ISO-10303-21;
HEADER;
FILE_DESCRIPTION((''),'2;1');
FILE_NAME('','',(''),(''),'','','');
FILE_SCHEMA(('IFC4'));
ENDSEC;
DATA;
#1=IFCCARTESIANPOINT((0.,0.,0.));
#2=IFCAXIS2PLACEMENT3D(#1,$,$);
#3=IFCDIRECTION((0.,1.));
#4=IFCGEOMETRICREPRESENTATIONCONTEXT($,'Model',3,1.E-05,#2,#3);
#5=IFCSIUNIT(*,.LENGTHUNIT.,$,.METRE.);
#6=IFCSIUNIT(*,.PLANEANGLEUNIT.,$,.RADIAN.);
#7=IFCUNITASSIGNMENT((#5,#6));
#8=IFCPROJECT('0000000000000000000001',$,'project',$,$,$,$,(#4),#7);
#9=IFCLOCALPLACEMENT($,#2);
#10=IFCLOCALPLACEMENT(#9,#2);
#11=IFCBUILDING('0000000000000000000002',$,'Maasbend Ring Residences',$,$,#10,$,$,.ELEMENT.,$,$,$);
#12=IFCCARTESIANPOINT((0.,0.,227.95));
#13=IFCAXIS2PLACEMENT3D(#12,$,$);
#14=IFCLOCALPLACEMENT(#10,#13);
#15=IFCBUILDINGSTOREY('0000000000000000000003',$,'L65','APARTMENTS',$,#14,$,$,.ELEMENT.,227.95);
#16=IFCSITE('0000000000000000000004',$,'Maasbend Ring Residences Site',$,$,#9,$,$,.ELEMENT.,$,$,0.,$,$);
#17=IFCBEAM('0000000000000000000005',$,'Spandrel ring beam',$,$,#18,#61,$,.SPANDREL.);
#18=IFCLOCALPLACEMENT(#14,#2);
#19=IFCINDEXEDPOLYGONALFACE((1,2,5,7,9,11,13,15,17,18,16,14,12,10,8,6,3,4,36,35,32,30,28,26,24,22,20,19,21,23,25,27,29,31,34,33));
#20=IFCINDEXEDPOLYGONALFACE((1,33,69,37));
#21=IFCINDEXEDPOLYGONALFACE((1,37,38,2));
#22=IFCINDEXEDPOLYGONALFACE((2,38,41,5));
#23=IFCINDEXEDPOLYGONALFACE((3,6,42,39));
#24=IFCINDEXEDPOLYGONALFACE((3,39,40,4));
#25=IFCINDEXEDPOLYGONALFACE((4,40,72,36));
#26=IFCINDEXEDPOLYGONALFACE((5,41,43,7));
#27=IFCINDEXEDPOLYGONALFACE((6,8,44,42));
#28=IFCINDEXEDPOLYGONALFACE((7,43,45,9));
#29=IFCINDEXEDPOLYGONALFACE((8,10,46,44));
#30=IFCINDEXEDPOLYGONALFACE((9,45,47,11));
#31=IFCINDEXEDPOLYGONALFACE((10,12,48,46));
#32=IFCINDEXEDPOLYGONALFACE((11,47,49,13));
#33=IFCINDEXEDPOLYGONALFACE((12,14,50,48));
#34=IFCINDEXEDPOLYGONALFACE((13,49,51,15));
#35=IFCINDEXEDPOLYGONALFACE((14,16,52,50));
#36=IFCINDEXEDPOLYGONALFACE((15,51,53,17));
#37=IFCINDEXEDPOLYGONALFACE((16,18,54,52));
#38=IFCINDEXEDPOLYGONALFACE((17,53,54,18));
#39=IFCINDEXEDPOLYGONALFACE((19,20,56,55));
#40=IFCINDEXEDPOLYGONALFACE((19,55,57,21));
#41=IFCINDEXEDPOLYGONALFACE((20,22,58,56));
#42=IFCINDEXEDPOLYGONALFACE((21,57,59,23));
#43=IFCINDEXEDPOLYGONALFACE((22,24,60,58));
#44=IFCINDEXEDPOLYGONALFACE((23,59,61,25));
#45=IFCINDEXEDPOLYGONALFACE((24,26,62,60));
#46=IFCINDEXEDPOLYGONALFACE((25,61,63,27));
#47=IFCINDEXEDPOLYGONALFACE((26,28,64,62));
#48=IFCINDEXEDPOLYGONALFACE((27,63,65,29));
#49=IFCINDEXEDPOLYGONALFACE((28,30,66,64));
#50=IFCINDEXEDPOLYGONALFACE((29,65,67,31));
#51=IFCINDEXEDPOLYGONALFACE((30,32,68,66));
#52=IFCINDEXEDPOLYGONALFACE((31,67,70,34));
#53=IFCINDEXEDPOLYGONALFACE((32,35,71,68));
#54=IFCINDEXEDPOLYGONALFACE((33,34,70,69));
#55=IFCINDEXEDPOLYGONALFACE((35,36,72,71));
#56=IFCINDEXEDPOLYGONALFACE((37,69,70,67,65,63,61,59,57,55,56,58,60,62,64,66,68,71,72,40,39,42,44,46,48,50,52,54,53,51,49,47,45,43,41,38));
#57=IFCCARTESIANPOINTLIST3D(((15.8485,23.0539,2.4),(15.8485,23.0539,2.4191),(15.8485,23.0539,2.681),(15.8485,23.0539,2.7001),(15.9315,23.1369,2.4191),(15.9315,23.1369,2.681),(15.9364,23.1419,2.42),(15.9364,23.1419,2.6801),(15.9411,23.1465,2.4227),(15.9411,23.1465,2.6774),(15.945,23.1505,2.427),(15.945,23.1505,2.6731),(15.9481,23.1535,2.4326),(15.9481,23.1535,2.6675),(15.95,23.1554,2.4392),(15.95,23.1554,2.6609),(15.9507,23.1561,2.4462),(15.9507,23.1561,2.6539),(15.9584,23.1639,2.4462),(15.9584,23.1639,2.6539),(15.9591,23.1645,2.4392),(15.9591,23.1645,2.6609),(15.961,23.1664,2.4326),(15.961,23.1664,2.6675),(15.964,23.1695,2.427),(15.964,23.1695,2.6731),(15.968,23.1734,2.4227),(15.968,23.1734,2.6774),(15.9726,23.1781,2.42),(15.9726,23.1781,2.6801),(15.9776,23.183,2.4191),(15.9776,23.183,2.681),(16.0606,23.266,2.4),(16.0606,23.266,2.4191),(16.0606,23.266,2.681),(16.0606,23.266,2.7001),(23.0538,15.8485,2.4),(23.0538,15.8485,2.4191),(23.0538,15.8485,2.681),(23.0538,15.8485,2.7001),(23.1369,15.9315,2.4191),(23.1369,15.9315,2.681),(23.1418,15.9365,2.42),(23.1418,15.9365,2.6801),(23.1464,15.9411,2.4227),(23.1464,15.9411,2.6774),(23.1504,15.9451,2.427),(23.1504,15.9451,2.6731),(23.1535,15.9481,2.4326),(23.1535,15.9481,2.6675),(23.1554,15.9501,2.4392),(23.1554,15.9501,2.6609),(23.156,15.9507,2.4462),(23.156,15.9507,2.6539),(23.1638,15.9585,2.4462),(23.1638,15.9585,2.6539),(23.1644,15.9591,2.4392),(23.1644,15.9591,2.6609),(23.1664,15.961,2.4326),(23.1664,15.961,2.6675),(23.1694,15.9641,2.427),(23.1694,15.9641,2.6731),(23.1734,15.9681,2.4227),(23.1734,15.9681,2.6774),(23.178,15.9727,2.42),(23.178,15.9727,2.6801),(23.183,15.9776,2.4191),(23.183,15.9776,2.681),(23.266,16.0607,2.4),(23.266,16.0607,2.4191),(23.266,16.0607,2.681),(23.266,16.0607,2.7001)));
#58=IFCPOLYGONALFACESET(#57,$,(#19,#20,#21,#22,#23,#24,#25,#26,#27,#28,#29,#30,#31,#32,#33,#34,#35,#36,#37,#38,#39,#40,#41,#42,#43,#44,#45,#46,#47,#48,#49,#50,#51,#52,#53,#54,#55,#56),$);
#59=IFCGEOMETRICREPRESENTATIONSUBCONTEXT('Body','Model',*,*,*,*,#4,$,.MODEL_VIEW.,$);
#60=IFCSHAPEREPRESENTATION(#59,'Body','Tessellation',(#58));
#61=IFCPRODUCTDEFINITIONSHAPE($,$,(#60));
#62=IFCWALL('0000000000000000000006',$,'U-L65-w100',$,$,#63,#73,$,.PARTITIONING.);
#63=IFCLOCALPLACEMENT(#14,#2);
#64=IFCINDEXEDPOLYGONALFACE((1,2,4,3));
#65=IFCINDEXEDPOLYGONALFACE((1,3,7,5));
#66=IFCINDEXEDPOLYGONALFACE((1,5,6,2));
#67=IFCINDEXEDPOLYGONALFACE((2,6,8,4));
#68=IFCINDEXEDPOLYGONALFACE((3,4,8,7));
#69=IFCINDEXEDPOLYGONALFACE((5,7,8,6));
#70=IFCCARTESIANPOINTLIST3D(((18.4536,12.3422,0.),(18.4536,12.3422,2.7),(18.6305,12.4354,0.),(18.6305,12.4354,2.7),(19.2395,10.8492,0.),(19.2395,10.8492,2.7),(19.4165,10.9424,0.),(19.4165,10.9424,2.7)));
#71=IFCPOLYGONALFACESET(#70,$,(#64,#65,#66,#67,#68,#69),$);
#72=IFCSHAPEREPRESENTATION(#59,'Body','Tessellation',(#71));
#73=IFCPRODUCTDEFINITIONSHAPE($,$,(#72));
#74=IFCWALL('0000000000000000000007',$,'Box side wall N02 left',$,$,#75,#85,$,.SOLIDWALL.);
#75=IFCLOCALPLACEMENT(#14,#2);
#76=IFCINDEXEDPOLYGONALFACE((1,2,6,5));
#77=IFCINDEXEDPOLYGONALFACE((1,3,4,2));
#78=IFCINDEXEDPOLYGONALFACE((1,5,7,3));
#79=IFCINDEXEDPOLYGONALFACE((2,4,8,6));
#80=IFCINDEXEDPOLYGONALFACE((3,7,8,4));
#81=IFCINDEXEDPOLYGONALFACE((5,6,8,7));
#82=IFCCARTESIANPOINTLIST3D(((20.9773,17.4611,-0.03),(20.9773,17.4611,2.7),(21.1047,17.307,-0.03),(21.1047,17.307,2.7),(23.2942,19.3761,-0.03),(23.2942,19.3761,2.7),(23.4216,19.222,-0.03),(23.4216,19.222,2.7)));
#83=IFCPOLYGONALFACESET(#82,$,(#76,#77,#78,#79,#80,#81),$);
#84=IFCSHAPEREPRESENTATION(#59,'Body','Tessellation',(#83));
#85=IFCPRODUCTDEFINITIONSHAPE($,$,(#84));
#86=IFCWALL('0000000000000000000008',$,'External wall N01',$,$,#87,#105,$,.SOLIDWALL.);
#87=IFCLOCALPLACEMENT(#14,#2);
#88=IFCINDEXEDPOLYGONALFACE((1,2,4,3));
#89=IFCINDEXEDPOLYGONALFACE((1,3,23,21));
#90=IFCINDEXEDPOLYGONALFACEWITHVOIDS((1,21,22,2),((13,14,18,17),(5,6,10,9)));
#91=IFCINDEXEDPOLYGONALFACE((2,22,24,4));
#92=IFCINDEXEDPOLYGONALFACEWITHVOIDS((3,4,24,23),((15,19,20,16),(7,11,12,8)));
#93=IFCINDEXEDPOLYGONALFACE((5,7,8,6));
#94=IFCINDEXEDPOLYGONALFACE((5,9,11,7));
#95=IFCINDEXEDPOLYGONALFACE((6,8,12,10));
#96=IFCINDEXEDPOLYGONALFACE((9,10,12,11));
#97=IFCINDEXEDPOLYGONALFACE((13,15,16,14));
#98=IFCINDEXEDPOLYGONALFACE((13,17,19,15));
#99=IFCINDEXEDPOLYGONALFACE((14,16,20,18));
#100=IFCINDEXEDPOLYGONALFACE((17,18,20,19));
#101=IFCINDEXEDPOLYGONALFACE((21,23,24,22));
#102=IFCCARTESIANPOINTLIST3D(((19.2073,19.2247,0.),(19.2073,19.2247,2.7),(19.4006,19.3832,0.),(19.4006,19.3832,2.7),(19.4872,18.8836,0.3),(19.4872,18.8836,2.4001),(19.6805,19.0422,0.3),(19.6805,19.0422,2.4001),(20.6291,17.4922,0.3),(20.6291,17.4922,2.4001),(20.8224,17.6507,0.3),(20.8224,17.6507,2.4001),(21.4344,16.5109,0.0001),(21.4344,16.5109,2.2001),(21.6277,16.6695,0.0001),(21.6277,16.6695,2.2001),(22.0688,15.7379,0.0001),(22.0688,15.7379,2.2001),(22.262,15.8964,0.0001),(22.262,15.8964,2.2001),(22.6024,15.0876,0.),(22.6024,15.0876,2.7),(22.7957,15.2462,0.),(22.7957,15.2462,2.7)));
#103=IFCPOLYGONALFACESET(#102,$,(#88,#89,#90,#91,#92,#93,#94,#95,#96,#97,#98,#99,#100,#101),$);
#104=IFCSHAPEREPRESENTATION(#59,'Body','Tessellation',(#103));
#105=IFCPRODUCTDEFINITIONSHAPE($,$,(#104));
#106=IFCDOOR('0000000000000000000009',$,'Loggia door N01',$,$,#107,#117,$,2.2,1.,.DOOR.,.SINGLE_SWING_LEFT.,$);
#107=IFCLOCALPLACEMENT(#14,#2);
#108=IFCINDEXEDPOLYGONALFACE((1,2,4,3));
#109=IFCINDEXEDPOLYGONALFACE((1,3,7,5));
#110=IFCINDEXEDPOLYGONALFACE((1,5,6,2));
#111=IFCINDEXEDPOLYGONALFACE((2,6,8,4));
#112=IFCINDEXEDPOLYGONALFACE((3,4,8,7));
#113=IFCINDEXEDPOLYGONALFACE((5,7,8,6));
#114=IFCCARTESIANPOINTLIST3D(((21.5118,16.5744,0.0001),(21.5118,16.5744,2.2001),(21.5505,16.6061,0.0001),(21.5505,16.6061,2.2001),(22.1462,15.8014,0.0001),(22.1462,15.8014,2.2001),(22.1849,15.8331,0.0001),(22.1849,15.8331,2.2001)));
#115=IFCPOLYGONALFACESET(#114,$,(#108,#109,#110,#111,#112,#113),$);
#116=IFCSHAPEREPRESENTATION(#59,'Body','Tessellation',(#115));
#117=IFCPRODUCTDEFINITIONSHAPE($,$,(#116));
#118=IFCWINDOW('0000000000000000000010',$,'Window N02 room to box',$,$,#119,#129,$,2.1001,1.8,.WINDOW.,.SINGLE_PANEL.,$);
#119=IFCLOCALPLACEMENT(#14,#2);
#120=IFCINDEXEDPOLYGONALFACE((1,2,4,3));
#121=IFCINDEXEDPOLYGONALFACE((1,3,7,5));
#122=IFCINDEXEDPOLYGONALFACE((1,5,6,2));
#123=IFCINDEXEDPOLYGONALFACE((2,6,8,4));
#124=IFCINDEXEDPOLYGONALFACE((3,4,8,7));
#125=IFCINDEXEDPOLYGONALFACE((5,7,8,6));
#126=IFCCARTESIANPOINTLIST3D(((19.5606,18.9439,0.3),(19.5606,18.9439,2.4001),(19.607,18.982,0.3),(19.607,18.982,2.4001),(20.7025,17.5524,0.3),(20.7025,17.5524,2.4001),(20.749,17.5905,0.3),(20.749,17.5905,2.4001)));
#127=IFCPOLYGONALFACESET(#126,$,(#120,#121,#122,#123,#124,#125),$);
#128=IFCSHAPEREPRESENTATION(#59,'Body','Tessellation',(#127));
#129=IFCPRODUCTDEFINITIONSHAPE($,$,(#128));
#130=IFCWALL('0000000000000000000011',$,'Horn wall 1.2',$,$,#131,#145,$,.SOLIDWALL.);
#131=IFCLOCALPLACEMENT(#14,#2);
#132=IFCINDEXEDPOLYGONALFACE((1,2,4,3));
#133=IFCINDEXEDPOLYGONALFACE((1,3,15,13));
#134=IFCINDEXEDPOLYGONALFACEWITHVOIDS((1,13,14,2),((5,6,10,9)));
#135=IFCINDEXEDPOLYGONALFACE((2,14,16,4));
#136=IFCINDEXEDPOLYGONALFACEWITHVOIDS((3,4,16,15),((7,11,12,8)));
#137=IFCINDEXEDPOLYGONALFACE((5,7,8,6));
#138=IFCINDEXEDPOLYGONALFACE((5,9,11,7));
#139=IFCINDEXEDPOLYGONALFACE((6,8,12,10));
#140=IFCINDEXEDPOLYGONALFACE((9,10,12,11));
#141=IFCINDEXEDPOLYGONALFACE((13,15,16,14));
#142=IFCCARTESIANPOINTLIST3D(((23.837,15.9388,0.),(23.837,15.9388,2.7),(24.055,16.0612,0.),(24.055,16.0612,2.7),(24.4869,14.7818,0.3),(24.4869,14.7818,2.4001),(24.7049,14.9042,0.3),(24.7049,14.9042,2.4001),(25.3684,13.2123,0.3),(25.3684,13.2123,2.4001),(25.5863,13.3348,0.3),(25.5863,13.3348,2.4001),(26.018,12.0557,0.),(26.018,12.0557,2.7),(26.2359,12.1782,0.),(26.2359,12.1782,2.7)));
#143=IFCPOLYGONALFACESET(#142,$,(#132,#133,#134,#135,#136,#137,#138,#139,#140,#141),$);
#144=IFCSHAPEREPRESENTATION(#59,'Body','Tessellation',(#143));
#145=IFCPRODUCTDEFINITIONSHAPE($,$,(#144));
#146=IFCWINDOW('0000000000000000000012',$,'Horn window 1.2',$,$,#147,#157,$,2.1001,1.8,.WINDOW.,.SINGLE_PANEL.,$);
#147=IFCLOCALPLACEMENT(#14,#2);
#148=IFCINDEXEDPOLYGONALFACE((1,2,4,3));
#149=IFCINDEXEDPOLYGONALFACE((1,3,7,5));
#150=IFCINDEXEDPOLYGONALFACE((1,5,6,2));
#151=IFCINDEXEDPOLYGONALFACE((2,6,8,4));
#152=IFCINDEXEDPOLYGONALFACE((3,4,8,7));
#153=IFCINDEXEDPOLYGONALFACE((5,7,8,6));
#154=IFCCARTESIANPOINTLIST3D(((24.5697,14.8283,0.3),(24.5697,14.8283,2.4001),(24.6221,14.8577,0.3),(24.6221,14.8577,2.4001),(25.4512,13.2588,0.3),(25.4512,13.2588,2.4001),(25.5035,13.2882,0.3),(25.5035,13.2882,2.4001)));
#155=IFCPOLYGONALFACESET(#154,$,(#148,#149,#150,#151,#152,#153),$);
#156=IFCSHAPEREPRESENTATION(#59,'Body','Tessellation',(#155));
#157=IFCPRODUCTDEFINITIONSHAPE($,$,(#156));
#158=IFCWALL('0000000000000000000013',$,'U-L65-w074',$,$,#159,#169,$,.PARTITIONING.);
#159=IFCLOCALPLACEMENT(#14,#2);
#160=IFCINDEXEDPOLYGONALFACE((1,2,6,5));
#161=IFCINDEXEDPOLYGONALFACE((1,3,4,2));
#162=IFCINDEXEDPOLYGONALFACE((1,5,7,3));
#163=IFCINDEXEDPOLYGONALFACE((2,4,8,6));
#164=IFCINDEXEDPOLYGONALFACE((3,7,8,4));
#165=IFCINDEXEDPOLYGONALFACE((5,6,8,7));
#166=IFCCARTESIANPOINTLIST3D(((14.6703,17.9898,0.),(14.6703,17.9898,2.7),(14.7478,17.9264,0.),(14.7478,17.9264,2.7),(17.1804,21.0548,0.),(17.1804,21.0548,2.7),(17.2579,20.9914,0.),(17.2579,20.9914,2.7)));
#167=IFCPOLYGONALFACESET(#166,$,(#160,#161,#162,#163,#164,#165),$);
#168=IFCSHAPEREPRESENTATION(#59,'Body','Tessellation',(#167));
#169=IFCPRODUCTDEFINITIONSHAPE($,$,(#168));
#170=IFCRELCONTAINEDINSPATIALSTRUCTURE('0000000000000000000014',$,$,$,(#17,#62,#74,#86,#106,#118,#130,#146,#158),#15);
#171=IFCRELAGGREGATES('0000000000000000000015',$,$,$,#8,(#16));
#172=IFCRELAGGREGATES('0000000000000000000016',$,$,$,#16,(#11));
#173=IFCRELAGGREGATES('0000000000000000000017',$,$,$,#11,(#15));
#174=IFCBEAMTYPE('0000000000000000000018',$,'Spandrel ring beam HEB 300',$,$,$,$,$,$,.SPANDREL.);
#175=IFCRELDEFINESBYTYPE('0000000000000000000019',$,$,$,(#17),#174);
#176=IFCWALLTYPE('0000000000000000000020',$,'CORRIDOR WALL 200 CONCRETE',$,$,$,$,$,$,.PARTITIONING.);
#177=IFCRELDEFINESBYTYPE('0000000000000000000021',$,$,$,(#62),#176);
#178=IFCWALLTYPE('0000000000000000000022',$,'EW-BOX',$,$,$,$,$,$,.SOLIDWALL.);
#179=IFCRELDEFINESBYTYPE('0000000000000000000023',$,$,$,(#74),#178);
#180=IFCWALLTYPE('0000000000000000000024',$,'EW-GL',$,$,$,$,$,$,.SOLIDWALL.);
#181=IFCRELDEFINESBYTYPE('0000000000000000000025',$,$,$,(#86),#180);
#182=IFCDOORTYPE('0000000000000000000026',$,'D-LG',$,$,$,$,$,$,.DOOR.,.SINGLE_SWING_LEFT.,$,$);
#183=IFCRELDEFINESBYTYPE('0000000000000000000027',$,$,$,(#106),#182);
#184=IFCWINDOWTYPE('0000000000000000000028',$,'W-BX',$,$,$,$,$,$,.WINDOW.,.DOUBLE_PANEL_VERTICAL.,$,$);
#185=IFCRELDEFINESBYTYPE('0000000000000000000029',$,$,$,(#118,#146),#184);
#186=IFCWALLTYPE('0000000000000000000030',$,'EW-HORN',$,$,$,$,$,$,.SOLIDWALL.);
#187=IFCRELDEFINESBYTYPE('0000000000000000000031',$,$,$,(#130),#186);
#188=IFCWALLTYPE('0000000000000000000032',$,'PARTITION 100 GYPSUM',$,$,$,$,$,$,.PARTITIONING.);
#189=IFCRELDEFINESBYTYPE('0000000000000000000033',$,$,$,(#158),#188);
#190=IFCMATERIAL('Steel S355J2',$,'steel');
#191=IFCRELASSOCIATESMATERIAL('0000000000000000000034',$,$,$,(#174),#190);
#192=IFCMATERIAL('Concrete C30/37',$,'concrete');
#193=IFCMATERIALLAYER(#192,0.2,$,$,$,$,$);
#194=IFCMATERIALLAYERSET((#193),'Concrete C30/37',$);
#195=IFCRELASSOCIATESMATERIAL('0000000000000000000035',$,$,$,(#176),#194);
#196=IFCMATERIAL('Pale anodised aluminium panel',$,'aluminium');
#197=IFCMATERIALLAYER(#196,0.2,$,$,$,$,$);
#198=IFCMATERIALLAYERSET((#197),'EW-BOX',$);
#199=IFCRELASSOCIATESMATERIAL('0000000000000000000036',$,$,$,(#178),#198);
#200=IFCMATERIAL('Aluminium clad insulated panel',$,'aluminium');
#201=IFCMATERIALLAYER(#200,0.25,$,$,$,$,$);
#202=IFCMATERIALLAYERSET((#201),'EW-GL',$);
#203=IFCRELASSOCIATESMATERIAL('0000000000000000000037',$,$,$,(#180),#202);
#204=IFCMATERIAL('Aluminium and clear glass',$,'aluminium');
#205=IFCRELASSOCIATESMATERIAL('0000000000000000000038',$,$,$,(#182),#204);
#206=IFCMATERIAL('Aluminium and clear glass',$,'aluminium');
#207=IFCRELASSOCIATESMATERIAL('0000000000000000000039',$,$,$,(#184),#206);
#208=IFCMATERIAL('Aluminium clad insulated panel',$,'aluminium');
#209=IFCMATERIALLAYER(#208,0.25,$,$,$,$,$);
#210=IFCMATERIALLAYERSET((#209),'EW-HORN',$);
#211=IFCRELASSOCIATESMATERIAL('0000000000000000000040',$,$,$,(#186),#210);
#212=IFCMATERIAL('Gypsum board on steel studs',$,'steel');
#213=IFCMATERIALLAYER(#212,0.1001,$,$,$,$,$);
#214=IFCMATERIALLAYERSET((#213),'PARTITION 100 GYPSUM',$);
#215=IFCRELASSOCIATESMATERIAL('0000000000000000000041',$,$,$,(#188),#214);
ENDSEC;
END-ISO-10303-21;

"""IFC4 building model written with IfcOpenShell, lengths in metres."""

from ifc_helpers import new_model, si_unit, direction, frame, frame_2d, origin, origin_2d, place, context, subcontext, project, spatial, rectangle, i_section, extrude, material, layer, layer_set, material_profile, profile_set, type_object, element, fill, save


model = new_model("IFC4")

# Units and contexts
model_context = context("Model", 3, precision=1e-05, world=origin(), true_north=direction((0.0, 1.0)))
body_context = subcontext(model_context, "Body", "Model", "MODEL_VIEW")
ifc_project = project(units=[si_unit("LENGTHUNIT", "METRE"), si_unit("PLANEANGLEUNIT", "RADIAN")], contexts=[model_context])

# Site, building, storey
site_placement = place(None, origin())
site = spatial("IfcSite", under=ifc_project, at=site_placement, Name="Maasbend Ring Residences Site", CompositionType="ELEMENT", RefElevation=0.0)
building_placement = place(site_placement, origin())
building = spatial("IfcBuilding", under=site, at=building_placement, Name="Maasbend Ring Residences", CompositionType="ELEMENT")
storey_placement = place(building_placement, frame((0.0, 0.0, 227.95)))
storey = spatial("IfcBuildingStorey", under=building, at=storey_placement, Name="L65", Description="APARTMENTS", CompositionType="ELEMENT", Elevation=227.95)

# Beam
ifc_material_1 = material(Name="Steel S355J2", Category="steel")
ifc_material_profile_1 = material_profile(ifc_material_1, i_section(OverallWidth=0.3, OverallDepth=0.3, WebThickness=0.011, FlangeThickness=0.019, FilletRadius=0.0271, at=origin_2d()), Name="HEB 300")
ifc_profile_set_1 = profile_set([ifc_material_profile_1], Name="Steel S355J2")
beam_type_1 = type_object("IfcBeamType", Name="Spandrel ring beam HEB 300", PredefinedType="SPANDREL", material=ifc_profile_set_1)
beam_1_placement = place(storey_placement, frame((23.1599, 15.9546, 2.55), z_axis=(-0.707107, 0.707107, 0.0), x_axis=(-0.707107, -0.707107, 0.0)))
element("IfcBeam", 1, at=beam_1_placement, inside=storey, type_object=beam_type_1, Name="Spandrel ring beam", PredefinedType="SPANDREL", context=body_context, shape_type="SweptSolid", body=[
    extrude(i_section(OverallWidth=0.3, OverallDepth=0.3, WebThickness=0.011, FlangeThickness=0.019, FilletRadius=0.0271, at=origin_2d()), origin(), (0.0, 0.0, 1.0), 10.1899),
])

# Walls
ifc_material_2 = material(Name="Concrete C30/37", Category="concrete")
ifc_layer_1 = layer(ifc_material_2, 0.2)
ifc_layer_set_1 = layer_set([ifc_layer_1], Name="Concrete C30/37")
wall_type_1 = type_object("IfcWallType", Name="CORRIDOR WALL 200 CONCRETE", PredefinedType="PARTITIONING", material=ifc_layer_set_1)
wall_1_placement = place(storey_placement, frame((18.542, 12.3889, 0.0), z_axis=(0.0, 0.0, 1.0), x_axis=(0.465812, -0.884884, 0.0)))
element("IfcWall", 2, at=wall_1_placement, inside=storey, type_object=wall_type_1, Name="U-L65-w100", PredefinedType="PARTITIONING", context=body_context, shape_type="SweptSolid", body=[
    extrude(rectangle(XDim=1.6873, YDim=0.2, at=frame_2d((0.8438, 0.0))), origin(), (0.0, 0.0, 1.0), 2.7),
])
ifc_material_3 = material(Name="Pale anodised aluminium panel", Category="aluminium")
ifc_layer_2 = layer(ifc_material_3, 0.2)
ifc_layer_set_2 = layer_set([ifc_layer_2], Name="EW-BOX")
wall_type_2 = type_object("IfcWallType", Name="EW-BOX", PredefinedType="SOLIDWALL", material=ifc_layer_set_2)
wall_2_placement = place(storey_placement, frame((21.041, 17.384, -0.03), z_axis=(0.0, 0.0, 1.0), x_axis=(0.770785, 0.637096, 0.0)))
element("IfcWall", 3, at=wall_2_placement, inside=storey, type_object=wall_type_2, Name="Box side wall N02 left", PredefinedType="SOLIDWALL", context=body_context, shape_type="SweptSolid", body=[
    extrude(rectangle(XDim=3.0059, YDim=0.2, at=frame_2d((1.5029, 0.0))), origin(), (0.0, 0.0, 1.0), 2.73),
])

# Wall, openings, door, window
ifc_material_4 = material(Name="Aluminium clad insulated panel", Category="aluminium")
ifc_layer_3 = layer(ifc_material_4, 0.25)
ifc_layer_set_3 = layer_set([ifc_layer_3], Name="EW-GL")
wall_type_3 = type_object("IfcWallType", Name="EW-GL", PredefinedType="SOLIDWALL", material=ifc_layer_set_3)
wall_3_placement = place(storey_placement, frame((22.699, 15.167, 0.0), z_axis=(0.0, 0.0, 1.0), x_axis=(-0.634382, 0.773019, 0.0)))
wall_3 = element("IfcWall", 4, at=wall_3_placement, inside=storey, type_object=wall_type_3, Name="External wall N01", PredefinedType="SOLIDWALL", context=body_context, shape_type="SweptSolid", body=[
    extrude(rectangle(XDim=5.3518, YDim=0.25, at=frame_2d((2.6758, 0.0))), origin(), (0.0, 0.0, 1.0), 2.7),
])
opening_1_placement = place(wall_3_placement, frame((0.8411, 0.0, 0.0)))
opening_1 = element("IfcOpeningElement", 5, at=opening_1_placement, cuts=wall_3, PredefinedType="OPENING", context=body_context, shape_type="SweptSolid", body=[
    extrude(rectangle(XDim=1.0, YDim=2.2, at=frame_2d((0.5, 1.1001))), frame((0.0, 0.135, 0.0), z_axis=(0.0, -1.0, 0.0), x_axis=(1.0, 0.0, 0.0)), (0.0, 0.0, 1.0), 0.27),
])
opening_2_placement = place(wall_3_placement, frame((3.1106, 0.0, 0.3)))
opening_2 = element("IfcOpeningElement", 6, at=opening_2_placement, cuts=wall_3, PredefinedType="OPENING", context=body_context, shape_type="SweptSolid", body=[
    extrude(rectangle(XDim=1.8, YDim=2.1001, at=frame_2d((0.8999, 1.05))), frame((0.0, 0.135, 0.0), z_axis=(0.0, -1.0, 0.0), x_axis=(1.0, 0.0, 0.0)), (0.0, 0.0, 1.0), 0.27),
])
ifc_material_5 = material(Name="Aluminium and clear glass", Category="aluminium")
door_type_1 = type_object("IfcDoorType", Name="D-LG", OperationType="SINGLE_SWING_LEFT", PredefinedType="DOOR", material=ifc_material_5)
door_1_placement = place(opening_1_placement, origin())
door_1 = element("IfcDoor", 7, at=door_1_placement, inside=storey, type_object=door_type_1, Name="Loggia door N01", OperationType="SINGLE_SWING_LEFT", OverallHeight=2.2, OverallWidth=1.0, PredefinedType="DOOR", context=body_context, shape_type="SweptSolid", body=[
    extrude(rectangle(XDim=1.0, YDim=2.2, at=frame_2d((0.5, 1.1001))), frame((0.0, 0.0249, 0.0), z_axis=(0.0, -1.0, 0.0), x_axis=(1.0, 0.0, 0.0)), (0.0, 0.0, 1.0), 0.05),
])
fill(opening_1, door_1)
ifc_material_6 = material(Name="Aluminium and clear glass", Category="aluminium")
window_type = type_object("IfcWindowType", Name="W-BX", PartitioningType="DOUBLE_PANEL_VERTICAL", PredefinedType="WINDOW", material=ifc_material_6)
window_1_placement = place(opening_2_placement, origin())
window_1 = element("IfcWindow", 8, at=window_1_placement, inside=storey, type_object=window_type, Name="Window N02 room to box", OverallHeight=2.1001, OverallWidth=1.8, PartitioningType="SINGLE_PANEL", PredefinedType="WINDOW", context=body_context, shape_type="SweptSolid", body=[
    extrude(rectangle(XDim=1.8, YDim=2.1001, at=frame_2d((0.8999, 1.05))), frame((0.0, 0.03, 0.0), z_axis=(0.0, -1.0, 0.0), x_axis=(1.0, 0.0, 0.0)), (0.0, 0.0, 1.0), 0.0601),
])
fill(opening_2, window_1)

# Wall, opening, window
ifc_material_7 = material(Name="Aluminium clad insulated panel", Category="aluminium")
ifc_layer_4 = layer(ifc_material_7, 0.25)
ifc_layer_set_4 = layer_set([ifc_layer_4], Name="EW-HORN")
wall_type_4 = type_object("IfcWallType", Name="EW-HORN", PredefinedType="SOLIDWALL", material=ifc_layer_set_4)
wall_4_placement = place(storey_placement, frame((26.127, 12.1169, 0.0), z_axis=(0.0, 0.0, 1.0), x_axis=(-0.489696, 0.871893, 0.0)))
wall_4 = element("IfcWall", 9, at=wall_4_placement, inside=storey, type_object=wall_type_4, Name="Horn wall 1.2", PredefinedType="SOLIDWALL", context=body_context, shape_type="SweptSolid", body=[
    extrude(rectangle(XDim=4.4536, YDim=0.25, at=frame_2d((2.2268, 0.0))), origin(), (0.0, 0.0, 1.0), 2.7),
])
opening_3_placement = place(wall_4_placement, frame((1.3267, 0.0, 0.3)))
opening_3 = element("IfcOpeningElement", 10, at=opening_3_placement, cuts=wall_4, PredefinedType="OPENING", context=body_context, shape_type="SweptSolid", body=[
    extrude(rectangle(XDim=1.8, YDim=2.1001, at=frame_2d((0.8999, 1.05))), frame((0.0, 0.135, 0.0), z_axis=(0.0, -1.0, 0.0), x_axis=(1.0, 0.0, 0.0)), (0.0, 0.0, 1.0), 0.27),
])
window_2_placement = place(opening_3_placement, origin())
window_2 = element("IfcWindow", 11, at=window_2_placement, inside=storey, type_object=window_type, Name="Horn window 1.2", OverallHeight=2.1001, OverallWidth=1.8, PartitioningType="SINGLE_PANEL", PredefinedType="WINDOW", context=body_context, shape_type="SweptSolid", body=[
    extrude(rectangle(XDim=1.8, YDim=2.1001, at=frame_2d((0.8999, 1.05))), frame((0.0, 0.03, 0.0), z_axis=(0.0, -1.0, 0.0), x_axis=(1.0, 0.0, 0.0)), (0.0, 0.0, 1.0), 0.0601),
])
fill(opening_3, window_2)

# Wall
ifc_material_8 = material(Name="Gypsum board on steel studs", Category="steel")
ifc_layer_5 = layer(ifc_material_8, 0.1001)
ifc_layer_set_5 = layer_set([ifc_layer_5], Name="PARTITION 100 GYPSUM")
wall_type_5 = type_object("IfcWallType", Name="PARTITION 100 GYPSUM", PredefinedType="PARTITIONING", material=ifc_layer_set_5)
wall_5_placement = place(storey_placement, frame((14.709, 17.958, 0.0), z_axis=(0.0, 0.0, 1.0), x_axis=(0.63359, 0.773669, 0.0)))
element("IfcWall", 12, at=wall_5_placement, inside=storey, type_object=wall_type_5, Name="U-L65-w074", PredefinedType="PARTITIONING", context=body_context, shape_type="SweptSolid", body=[
    extrude(rectangle(XDim=3.9617, YDim=0.1001, at=frame_2d((1.981, 0.0))), origin(), (0.0, 0.0, 1.0), 2.7),
])

save(model, "model.ifc")
